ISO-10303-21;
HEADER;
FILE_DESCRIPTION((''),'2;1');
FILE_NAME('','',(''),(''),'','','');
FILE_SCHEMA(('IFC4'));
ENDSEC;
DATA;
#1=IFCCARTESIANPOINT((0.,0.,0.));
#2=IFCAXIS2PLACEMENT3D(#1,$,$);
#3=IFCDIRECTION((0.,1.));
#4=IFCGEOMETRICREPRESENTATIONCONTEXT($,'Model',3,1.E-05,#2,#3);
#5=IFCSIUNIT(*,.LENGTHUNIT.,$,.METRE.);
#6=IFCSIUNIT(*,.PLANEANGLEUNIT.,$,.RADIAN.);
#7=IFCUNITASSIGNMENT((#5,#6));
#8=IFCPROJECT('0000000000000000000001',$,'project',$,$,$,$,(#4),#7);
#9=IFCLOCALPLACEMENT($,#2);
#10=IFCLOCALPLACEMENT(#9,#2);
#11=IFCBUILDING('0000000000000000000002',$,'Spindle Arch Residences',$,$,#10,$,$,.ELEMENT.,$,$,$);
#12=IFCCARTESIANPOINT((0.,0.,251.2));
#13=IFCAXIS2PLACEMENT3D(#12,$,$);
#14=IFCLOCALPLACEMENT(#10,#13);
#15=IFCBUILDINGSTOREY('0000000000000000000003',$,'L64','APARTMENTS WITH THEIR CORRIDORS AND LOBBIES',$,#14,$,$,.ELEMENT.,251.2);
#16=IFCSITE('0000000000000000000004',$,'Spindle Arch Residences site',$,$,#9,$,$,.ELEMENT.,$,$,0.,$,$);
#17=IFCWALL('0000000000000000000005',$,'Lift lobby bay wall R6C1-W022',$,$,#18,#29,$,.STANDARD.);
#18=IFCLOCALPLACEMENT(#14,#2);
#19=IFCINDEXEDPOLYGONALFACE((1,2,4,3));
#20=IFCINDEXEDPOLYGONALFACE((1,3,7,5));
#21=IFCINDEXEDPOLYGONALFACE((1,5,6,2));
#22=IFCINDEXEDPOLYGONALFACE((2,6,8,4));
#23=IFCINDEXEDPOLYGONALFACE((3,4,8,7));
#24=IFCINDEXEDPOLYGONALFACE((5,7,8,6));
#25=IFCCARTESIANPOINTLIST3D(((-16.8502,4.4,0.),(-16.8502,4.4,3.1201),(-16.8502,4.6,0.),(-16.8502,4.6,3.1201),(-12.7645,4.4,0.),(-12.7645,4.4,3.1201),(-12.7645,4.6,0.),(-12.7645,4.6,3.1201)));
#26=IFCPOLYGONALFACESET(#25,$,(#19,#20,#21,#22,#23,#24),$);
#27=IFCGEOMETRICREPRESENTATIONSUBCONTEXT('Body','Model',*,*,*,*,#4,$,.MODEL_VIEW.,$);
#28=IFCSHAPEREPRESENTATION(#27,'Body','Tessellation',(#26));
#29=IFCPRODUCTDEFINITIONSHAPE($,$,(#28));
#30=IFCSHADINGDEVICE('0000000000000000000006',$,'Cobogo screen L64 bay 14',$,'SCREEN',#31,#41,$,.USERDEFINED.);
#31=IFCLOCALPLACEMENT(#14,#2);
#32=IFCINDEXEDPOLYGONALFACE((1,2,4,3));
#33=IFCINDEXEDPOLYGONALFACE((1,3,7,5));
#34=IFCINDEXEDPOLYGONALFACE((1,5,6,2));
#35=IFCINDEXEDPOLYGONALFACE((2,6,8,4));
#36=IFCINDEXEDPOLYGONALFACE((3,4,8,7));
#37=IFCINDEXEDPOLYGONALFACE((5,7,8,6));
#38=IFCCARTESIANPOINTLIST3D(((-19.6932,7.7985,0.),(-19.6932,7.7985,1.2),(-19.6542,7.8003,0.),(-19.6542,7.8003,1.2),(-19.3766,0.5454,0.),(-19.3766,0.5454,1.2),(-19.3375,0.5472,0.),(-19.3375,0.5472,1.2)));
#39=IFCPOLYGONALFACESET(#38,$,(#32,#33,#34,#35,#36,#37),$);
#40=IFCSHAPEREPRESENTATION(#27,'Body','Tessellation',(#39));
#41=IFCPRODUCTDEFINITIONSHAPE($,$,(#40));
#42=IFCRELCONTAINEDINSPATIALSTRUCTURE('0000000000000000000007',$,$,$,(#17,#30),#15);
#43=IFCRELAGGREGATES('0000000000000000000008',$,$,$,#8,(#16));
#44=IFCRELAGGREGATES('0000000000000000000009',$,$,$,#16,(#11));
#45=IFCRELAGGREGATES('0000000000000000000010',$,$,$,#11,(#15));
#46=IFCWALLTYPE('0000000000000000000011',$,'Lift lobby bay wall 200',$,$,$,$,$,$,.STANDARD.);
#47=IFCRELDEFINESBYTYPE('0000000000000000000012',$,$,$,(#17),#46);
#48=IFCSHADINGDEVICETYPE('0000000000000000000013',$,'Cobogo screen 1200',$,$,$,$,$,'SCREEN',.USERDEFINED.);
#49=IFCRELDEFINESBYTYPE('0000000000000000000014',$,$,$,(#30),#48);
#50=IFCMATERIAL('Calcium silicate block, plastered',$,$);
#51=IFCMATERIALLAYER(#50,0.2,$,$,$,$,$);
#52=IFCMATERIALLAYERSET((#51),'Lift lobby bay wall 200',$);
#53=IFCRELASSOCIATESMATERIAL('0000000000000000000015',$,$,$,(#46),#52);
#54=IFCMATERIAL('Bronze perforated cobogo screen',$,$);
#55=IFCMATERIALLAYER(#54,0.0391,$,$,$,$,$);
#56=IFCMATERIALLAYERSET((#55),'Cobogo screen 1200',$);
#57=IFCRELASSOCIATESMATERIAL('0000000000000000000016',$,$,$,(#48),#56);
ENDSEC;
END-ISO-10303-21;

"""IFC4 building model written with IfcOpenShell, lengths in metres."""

from ifc_helpers import new_model, si_unit, direction, frame, frame_2d, origin, origin_2d, place, context, subcontext, project, spatial, rectangle, extrude, material, layer, layer_set, type_object, element, save


model = new_model("IFC4")

# Units and contexts
model_context = context("Model", 3, precision=1e-05, world=origin(), true_north=direction((0.0, 1.0)))
body_context = subcontext(model_context, "Body", "Model", "MODEL_VIEW")
ifc_project = project(units=[si_unit("LENGTHUNIT", "METRE"), si_unit("PLANEANGLEUNIT", "RADIAN")], contexts=[model_context])

# Site, building, storey
site_placement = place(None, origin())
site = spatial("IfcSite", under=ifc_project, at=site_placement, Name="Spindle Arch Residences site", CompositionType="ELEMENT", RefElevation=0.0)
building_placement = place(site_placement, origin())
building = spatial("IfcBuilding", under=site, at=building_placement, Name="Spindle Arch Residences", CompositionType="ELEMENT")
storey_placement = place(building_placement, frame((0.0, 0.0, 251.2)))
storey = spatial("IfcBuildingStorey", under=building, at=storey_placement, Name="L64", Description="APARTMENTS WITH THEIR CORRIDORS AND LOBBIES", CompositionType="ELEMENT", Elevation=251.2)

# Shared definitions
ifc_material_1 = material(Name="Calcium silicate block, plastered")
ifc_layer_1 = layer(ifc_material_1, 0.2)
ifc_layer_set_1 = layer_set([ifc_layer_1], Name="Lift lobby bay wall 200")
wall_type_1 = type_object("IfcWallType", Name="Lift lobby bay wall 200", PredefinedType="STANDARD", material=ifc_layer_set_1)

# Wall
wall_1_placement = place(storey_placement, frame((-12.7644, 4.5, 0.0), z_axis=(0.0, 0.0, 1.0), x_axis=(-1.0, 0.0, 0.0)))
element("IfcWall", 1, at=wall_1_placement, inside=storey, type_object=wall_type_1, Name="Lift lobby bay wall R6C1-W022", PredefinedType="STANDARD", context=body_context, shape_type="SweptSolid", body=[
    extrude(rectangle(XDim=4.0857, YDim=0.2, at=frame_2d((2.043, 0.0))), origin(), (0.0, 0.0, 1.0), 3.1201),
])

# Shading device
ifc_material_2 = material(Name="Bronze perforated cobogo screen")
ifc_layer_2 = layer(ifc_material_2, 0.0391)
ifc_layer_set_2 = layer_set([ifc_layer_2], Name="Cobogo screen 1200")
shading_device_type = type_object("IfcShadingDeviceType", Name="Cobogo screen 1200", ElementType="SCREEN", PredefinedType="USERDEFINED", material=ifc_layer_set_2)
shading_device_placement = place(storey_placement, frame((-19.5154, 4.1729, 0.0), z_axis=(0.0, 0.0, 1.0), x_axis=(0.043619, -0.999048, 0.0)))
element("IfcShadingDevice", 2, at=shading_device_placement, inside=storey, type_object=shading_device_type, Name="Cobogo screen L64 bay 14", ObjectType="SCREEN", PredefinedType="USERDEFINED", context=body_context, shape_type="SweptSolid", body=[
    extrude(rectangle(XDim=7.26, YDim=0.0391, at=origin_2d()), origin(), (0.0, 0.0, 1.0), 1.2),
])

save(model, "model.ifc")
